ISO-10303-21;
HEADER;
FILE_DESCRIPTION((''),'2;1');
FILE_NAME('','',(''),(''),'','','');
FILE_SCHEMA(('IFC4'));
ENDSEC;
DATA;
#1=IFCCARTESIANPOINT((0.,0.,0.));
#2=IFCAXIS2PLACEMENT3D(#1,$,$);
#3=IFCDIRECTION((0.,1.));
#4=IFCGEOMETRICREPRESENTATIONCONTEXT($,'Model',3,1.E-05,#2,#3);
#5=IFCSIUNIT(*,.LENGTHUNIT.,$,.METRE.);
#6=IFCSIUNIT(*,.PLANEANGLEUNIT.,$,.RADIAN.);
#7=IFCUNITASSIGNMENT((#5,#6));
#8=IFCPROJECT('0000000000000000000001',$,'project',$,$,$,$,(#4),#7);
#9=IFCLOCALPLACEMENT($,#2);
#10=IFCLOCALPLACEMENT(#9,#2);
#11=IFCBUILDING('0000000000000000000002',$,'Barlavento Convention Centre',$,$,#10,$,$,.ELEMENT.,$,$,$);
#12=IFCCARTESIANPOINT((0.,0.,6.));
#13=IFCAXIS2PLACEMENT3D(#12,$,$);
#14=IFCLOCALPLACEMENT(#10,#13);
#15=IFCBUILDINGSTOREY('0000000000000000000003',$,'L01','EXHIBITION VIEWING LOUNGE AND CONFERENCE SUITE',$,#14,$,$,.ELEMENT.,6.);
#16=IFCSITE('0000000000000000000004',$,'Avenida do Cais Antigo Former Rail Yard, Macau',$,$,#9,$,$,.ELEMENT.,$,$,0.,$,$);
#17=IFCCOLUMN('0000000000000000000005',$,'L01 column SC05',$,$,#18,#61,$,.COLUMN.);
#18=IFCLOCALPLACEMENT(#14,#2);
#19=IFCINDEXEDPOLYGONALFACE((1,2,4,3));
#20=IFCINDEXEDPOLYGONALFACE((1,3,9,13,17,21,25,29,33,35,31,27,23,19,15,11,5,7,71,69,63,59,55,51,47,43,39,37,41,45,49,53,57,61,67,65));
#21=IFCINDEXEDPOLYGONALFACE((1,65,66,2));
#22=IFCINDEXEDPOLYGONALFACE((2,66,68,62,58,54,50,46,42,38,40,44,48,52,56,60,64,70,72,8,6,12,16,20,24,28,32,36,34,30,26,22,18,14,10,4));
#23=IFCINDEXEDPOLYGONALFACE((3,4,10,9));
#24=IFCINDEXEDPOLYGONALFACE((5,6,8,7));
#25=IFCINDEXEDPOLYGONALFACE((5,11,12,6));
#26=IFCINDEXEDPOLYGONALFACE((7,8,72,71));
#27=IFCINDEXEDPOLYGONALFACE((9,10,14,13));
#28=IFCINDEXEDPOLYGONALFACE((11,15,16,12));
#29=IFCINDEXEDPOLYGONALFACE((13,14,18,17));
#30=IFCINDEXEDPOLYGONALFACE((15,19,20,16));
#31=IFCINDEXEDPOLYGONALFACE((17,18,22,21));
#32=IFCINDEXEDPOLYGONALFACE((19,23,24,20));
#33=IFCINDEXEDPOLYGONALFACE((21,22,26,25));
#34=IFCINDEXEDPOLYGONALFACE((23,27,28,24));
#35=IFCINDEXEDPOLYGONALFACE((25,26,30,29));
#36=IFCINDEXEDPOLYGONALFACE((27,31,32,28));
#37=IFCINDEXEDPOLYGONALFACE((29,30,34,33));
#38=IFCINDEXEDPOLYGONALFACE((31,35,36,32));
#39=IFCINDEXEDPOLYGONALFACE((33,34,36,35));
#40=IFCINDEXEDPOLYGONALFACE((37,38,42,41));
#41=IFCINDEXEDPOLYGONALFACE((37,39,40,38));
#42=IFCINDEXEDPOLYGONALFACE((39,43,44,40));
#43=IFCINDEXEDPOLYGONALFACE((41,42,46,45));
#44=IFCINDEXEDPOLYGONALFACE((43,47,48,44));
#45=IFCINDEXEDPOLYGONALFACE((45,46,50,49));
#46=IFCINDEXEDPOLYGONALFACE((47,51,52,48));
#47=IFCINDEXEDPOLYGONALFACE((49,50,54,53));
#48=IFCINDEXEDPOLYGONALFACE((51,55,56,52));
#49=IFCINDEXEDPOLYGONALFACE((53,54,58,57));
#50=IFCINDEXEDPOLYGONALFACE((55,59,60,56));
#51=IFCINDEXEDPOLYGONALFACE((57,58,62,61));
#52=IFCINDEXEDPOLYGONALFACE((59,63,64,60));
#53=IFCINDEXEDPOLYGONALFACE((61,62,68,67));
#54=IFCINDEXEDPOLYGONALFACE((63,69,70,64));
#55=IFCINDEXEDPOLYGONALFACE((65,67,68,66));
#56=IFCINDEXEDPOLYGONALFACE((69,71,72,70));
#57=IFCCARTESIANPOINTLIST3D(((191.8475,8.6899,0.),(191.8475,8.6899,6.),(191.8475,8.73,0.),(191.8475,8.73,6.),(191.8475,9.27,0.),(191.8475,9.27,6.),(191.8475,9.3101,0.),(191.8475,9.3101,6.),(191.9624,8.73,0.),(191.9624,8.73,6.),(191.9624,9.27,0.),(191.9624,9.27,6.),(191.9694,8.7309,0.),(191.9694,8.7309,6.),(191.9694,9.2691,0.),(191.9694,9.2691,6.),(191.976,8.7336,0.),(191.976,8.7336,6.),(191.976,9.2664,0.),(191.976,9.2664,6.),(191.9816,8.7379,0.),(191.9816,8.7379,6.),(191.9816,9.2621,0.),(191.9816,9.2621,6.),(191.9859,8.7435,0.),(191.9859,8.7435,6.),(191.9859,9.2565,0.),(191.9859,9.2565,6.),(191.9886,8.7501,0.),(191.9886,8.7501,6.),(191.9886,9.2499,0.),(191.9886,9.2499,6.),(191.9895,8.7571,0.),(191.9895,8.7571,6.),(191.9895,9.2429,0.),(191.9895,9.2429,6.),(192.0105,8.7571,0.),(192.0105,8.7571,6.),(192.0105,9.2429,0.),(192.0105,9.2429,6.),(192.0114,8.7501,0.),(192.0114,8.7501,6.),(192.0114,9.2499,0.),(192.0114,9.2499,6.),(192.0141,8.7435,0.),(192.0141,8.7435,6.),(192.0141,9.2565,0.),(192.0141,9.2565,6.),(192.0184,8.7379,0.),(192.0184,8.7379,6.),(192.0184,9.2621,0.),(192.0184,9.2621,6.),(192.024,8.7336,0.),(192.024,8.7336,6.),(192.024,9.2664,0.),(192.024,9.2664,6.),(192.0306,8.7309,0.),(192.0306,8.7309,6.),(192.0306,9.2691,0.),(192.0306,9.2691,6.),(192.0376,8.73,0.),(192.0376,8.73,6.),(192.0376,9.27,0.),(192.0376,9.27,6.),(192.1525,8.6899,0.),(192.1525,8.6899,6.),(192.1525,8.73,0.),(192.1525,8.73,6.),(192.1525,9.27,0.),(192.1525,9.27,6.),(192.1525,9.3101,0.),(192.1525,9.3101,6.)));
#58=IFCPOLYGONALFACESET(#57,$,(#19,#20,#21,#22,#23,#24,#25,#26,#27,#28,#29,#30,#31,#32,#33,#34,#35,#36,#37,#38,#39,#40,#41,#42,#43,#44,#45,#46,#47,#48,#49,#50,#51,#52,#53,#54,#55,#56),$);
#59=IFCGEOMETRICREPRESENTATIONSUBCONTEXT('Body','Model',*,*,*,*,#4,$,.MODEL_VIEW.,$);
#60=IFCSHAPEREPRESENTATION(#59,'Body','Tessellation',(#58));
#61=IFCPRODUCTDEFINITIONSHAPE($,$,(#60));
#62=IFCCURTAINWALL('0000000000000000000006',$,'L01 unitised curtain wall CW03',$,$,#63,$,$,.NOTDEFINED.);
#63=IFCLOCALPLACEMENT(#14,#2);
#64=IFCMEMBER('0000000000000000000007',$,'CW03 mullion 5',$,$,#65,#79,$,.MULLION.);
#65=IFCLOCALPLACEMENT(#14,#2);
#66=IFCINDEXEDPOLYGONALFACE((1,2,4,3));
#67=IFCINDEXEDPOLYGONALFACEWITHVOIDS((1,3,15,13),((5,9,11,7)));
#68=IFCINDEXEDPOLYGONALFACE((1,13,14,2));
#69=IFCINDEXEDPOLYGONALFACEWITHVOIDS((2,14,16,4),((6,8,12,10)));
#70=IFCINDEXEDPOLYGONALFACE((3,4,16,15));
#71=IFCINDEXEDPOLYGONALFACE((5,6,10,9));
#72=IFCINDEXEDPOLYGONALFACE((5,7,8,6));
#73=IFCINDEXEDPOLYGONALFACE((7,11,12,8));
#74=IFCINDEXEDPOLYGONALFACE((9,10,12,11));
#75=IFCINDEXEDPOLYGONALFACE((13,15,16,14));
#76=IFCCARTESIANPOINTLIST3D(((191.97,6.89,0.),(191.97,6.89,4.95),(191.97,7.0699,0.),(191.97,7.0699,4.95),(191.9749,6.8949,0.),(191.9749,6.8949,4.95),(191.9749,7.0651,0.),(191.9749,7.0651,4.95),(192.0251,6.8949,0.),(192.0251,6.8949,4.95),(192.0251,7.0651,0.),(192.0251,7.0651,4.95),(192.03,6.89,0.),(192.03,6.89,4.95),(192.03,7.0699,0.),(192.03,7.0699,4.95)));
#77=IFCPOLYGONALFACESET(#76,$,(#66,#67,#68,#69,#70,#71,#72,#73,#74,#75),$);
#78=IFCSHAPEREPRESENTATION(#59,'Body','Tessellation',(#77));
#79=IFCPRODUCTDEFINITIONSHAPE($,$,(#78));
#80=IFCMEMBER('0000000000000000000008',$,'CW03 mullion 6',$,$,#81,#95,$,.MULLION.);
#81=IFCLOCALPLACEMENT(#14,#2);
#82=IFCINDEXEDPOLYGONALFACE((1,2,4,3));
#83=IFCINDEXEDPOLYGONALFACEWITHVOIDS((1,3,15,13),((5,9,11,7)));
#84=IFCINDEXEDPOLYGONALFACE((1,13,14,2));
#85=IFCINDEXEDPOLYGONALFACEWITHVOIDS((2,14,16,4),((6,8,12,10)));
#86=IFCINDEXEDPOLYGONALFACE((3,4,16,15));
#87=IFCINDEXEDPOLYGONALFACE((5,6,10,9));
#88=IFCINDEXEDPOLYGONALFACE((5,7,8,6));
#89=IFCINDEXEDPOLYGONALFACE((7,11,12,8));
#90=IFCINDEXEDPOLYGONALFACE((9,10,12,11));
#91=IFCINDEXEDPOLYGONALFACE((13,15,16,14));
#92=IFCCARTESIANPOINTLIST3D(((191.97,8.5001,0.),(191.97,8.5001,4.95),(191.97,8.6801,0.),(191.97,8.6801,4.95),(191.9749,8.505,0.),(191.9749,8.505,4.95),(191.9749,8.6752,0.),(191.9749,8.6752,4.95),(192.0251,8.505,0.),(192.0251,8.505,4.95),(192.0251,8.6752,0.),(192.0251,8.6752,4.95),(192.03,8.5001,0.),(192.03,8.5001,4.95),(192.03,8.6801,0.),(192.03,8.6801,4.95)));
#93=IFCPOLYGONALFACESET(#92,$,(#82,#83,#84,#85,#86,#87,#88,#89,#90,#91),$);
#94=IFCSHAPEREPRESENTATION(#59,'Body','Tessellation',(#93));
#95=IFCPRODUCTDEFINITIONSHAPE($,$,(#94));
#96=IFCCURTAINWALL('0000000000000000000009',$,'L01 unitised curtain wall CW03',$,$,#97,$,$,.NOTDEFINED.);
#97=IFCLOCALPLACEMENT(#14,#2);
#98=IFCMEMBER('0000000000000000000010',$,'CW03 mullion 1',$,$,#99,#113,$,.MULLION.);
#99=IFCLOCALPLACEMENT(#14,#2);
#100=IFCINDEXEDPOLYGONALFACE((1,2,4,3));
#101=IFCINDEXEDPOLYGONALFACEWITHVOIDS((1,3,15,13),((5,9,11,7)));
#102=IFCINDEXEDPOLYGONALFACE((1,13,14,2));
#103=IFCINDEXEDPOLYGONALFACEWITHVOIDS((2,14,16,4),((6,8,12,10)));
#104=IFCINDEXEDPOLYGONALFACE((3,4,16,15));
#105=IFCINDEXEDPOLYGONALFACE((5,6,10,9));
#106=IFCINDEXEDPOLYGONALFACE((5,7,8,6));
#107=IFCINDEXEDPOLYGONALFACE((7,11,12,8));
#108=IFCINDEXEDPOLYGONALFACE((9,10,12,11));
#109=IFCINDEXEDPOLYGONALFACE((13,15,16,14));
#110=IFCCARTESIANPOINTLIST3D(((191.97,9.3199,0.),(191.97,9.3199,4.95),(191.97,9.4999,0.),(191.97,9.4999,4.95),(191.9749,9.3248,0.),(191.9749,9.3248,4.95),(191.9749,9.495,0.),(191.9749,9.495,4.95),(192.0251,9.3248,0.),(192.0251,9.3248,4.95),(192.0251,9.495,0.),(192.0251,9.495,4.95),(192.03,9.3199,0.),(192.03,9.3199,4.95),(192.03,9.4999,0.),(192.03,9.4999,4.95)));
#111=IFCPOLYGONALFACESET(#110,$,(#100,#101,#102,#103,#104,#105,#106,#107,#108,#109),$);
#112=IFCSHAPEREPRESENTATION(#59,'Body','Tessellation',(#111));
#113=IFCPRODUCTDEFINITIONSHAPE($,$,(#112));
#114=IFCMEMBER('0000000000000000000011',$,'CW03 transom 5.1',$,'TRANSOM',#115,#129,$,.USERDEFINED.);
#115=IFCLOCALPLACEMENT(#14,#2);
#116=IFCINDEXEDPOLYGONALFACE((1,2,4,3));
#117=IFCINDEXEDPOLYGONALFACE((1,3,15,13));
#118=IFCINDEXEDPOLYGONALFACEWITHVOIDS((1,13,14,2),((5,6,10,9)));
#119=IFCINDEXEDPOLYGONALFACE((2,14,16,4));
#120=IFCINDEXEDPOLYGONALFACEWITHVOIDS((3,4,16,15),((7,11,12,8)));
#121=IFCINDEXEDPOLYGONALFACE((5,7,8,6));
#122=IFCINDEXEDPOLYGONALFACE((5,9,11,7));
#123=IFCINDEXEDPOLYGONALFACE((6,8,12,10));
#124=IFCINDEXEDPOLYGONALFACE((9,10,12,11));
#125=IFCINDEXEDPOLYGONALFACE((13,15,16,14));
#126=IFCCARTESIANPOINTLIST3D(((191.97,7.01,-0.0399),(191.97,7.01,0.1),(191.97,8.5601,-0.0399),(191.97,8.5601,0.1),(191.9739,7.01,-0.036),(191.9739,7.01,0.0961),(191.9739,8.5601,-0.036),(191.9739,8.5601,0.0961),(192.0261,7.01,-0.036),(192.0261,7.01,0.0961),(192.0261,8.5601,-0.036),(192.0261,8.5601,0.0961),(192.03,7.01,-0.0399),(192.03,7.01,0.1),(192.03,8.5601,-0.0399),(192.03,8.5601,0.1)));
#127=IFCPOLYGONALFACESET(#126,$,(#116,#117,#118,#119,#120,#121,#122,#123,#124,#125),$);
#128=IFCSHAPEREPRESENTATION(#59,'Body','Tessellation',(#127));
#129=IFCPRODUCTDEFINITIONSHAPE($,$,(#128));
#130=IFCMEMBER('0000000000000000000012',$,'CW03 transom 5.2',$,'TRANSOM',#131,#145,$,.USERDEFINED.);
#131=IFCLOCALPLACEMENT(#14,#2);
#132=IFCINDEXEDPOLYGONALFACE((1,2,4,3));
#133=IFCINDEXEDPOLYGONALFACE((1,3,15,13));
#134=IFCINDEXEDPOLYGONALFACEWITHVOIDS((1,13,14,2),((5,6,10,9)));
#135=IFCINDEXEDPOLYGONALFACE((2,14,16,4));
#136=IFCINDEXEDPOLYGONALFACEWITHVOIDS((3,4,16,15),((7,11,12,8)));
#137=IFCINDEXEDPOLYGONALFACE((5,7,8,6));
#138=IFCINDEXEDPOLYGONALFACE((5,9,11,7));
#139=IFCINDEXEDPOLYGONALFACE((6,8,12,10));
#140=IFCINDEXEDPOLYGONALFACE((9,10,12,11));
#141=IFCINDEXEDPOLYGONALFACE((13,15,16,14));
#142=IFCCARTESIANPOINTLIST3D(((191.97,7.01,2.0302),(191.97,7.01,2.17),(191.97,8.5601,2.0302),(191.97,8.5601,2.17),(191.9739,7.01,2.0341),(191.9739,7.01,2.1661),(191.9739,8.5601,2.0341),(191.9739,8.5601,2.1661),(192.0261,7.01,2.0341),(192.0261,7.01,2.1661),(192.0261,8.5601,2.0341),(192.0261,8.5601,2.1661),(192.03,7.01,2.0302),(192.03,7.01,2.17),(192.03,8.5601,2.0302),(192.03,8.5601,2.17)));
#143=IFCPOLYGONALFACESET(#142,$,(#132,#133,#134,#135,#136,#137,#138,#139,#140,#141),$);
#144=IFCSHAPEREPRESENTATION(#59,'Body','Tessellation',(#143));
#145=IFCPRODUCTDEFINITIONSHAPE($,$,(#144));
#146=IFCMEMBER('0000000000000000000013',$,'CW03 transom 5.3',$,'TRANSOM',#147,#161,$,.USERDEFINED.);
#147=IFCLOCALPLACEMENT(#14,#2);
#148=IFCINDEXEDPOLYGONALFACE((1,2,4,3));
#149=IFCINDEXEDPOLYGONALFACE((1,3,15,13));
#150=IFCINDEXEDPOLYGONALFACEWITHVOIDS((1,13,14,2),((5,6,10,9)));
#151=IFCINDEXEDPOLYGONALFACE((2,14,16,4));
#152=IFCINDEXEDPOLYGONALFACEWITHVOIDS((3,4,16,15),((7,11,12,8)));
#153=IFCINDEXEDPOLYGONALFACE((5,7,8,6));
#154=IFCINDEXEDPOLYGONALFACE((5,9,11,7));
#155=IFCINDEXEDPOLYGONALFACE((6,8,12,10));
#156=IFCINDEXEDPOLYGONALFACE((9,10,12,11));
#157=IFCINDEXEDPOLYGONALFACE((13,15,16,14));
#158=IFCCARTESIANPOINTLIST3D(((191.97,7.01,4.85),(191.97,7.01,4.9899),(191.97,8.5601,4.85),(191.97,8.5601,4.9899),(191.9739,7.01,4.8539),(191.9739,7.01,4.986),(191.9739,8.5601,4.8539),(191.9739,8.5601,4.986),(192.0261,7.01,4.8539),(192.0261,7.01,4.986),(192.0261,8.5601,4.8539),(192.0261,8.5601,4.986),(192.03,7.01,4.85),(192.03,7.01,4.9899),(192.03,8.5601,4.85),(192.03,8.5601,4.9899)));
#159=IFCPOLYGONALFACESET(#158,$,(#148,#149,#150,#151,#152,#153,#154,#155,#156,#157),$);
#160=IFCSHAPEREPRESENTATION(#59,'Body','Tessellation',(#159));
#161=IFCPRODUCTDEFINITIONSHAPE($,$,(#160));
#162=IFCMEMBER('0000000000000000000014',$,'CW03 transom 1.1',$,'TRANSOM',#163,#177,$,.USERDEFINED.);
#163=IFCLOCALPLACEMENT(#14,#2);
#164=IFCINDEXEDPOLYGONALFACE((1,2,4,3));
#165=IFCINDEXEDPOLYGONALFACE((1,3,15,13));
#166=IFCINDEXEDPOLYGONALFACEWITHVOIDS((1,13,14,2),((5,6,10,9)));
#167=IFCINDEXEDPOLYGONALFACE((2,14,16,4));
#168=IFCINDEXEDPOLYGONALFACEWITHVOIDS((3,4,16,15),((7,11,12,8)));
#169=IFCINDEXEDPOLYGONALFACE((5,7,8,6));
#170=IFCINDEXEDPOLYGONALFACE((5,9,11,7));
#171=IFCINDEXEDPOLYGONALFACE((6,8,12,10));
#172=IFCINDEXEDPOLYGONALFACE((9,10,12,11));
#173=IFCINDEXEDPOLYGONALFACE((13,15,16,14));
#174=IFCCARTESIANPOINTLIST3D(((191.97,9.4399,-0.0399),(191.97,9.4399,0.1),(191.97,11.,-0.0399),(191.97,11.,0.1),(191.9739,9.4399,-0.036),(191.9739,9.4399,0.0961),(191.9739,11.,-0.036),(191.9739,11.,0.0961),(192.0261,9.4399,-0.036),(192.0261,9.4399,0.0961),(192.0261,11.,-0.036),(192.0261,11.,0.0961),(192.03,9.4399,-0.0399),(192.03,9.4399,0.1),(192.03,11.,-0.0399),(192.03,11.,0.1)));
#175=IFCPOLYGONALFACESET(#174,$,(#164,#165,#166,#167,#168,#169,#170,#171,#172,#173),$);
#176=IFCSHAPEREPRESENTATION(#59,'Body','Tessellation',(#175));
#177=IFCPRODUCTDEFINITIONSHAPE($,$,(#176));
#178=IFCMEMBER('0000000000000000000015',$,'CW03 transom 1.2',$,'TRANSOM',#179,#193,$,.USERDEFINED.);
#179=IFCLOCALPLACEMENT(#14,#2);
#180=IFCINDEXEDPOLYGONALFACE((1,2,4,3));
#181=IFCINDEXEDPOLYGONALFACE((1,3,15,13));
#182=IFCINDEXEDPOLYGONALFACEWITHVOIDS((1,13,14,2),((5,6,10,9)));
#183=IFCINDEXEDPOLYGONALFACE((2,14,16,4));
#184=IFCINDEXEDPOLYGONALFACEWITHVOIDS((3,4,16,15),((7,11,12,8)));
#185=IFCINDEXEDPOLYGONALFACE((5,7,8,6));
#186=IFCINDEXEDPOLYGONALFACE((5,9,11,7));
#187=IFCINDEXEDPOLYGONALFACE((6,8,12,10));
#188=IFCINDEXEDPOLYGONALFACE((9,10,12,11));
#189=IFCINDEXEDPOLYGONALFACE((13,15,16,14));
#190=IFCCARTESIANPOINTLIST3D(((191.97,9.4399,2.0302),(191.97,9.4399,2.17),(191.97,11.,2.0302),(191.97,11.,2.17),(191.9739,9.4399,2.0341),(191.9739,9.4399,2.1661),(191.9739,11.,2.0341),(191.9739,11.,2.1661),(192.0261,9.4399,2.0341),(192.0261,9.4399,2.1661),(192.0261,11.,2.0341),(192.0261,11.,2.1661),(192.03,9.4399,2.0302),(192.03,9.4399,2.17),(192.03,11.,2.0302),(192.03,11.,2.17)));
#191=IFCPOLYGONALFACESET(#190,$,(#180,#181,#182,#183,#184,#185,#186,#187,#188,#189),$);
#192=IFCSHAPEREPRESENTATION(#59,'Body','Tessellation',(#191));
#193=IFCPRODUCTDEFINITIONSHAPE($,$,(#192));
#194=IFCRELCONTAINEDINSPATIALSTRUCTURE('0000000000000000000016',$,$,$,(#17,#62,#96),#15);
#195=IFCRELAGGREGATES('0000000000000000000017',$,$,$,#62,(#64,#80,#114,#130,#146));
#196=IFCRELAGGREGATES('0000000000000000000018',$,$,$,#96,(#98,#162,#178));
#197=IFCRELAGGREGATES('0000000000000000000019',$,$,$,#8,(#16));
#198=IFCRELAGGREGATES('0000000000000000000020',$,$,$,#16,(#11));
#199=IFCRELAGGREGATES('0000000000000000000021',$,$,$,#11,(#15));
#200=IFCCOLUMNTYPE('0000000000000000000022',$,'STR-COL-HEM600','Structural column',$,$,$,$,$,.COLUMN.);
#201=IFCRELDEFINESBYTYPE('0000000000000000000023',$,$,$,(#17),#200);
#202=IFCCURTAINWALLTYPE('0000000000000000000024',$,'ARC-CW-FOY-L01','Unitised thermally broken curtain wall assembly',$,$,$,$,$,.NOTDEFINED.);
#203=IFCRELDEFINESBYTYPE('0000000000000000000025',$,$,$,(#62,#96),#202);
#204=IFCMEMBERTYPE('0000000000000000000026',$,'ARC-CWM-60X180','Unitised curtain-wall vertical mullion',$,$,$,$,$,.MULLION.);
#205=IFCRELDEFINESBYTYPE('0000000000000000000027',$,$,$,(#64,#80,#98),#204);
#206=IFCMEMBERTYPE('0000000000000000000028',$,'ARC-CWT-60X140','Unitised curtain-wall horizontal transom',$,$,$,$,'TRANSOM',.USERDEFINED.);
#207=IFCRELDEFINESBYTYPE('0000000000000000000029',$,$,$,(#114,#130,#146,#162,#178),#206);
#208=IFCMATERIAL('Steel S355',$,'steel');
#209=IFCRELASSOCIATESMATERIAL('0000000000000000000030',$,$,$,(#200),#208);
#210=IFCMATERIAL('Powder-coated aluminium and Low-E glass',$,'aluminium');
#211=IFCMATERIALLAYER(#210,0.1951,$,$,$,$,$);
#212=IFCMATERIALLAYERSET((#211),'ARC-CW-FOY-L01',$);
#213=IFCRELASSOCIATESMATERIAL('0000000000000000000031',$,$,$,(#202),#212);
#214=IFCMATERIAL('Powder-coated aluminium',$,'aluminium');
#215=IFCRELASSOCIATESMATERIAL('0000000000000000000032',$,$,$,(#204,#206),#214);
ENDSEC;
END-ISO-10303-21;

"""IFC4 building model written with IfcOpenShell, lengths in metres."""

from ifc_helpers import new_model, si_unit, direction, frame, origin, origin_2d, place, context, subcontext, project, spatial, hollow_rectangle, i_section, extrude, material, layer, layer_set, material_profile, profile_set, type_object, element, aggregate, save


model = new_model("IFC4")

# Units and contexts
model_context = context("Model", 3, precision=1e-05, world=origin(), true_north=direction((0.0, 1.0)))
body_context = subcontext(model_context, "Body", "Model", "MODEL_VIEW")
ifc_project = project(units=[si_unit("LENGTHUNIT", "METRE"), si_unit("PLANEANGLEUNIT", "RADIAN")], contexts=[model_context])

# Site, building, storey
site_placement = place(None, origin())
site = spatial("IfcSite", under=ifc_project, at=site_placement, Name="Avenida do Cais Antigo Former Rail Yard, Macau", CompositionType="ELEMENT", RefElevation=0.0)
building_placement = place(site_placement, origin())
building = spatial("IfcBuilding", under=site, at=building_placement, Name="Barlavento Convention Centre", CompositionType="ELEMENT")
storey_placement = place(building_placement, frame((0.0, 0.0, 6.0)))
storey = spatial("IfcBuildingStorey", under=building, at=storey_placement, Name="L01", Description="EXHIBITION VIEWING LOUNGE AND CONFERENCE SUITE", CompositionType="ELEMENT", Elevation=6.0)

# Column
ifc_material_1 = material(Name="Steel S355", Category="steel")
ifc_material_profile_1 = material_profile(ifc_material_1, i_section(OverallWidth=0.3049, OverallDepth=0.6201, WebThickness=0.021, FlangeThickness=0.04, FilletRadius=0.0271, at=origin_2d()), Name="HEM 600")
ifc_profile_set_1 = profile_set([ifc_material_profile_1], Name="Steel S355")
column_type = type_object("IfcColumnType", Name="STR-COL-HEM600", Description="Structural column", PredefinedType="COLUMN", material=ifc_profile_set_1)
column_placement = place(storey_placement, frame((192.0, 9.0, 0.0), z_axis=(0.0, 0.0, 1.0), x_axis=(1.0, 0.0, 0.0)))
element("IfcColumn", 1, at=column_placement, inside=storey, type_object=column_type, Name="L01 column SC05", PredefinedType="COLUMN", context=body_context, shape_type="SweptSolid", body=[
    extrude(i_section(OverallWidth=0.3049, OverallDepth=0.6201, WebThickness=0.021, FlangeThickness=0.04, FilletRadius=0.0271, at=origin_2d()), origin(), (0.0, 0.0, 1.0), 6.0),
])

# Curtain wall, members
ifc_material_2 = material(Name="Powder-coated aluminium and Low-E glass", Category="aluminium")
ifc_layer_1 = layer(ifc_material_2, 0.1951)
ifc_layer_set_1 = layer_set([ifc_layer_1], Name="ARC-CW-FOY-L01")
curtain_wall_type = type_object("IfcCurtainWallType", Name="ARC-CW-FOY-L01", Description="Unitised thermally broken curtain wall assembly", PredefinedType="NOTDEFINED", material=ifc_layer_set_1)
curtain_wall_1_placement = place(storey_placement, origin())
curtain_wall_1 = element("IfcCurtainWall", 2, at=curtain_wall_1_placement, inside=storey, type_object=curtain_wall_type, Name="L01 unitised curtain wall CW03", PredefinedType="NOTDEFINED")
ifc_material_3 = material(Name="Powder-coated aluminium", Category="aluminium")
ifc_material_profile_2 = material_profile(ifc_material_3, hollow_rectangle(XDim=0.0601, YDim=0.1799, WallThickness=0.0049, at=origin_2d()), Name="AL-MULL 60x180x5")
ifc_profile_set_2 = profile_set([ifc_material_profile_2], Name="Powder-coated aluminium")
member_type_1 = type_object("IfcMemberType", Name="ARC-CWM-60X180", Description="Unitised curtain-wall vertical mullion", PredefinedType="MULLION", material=ifc_profile_set_2)
member_1_placement = place(storey_placement, frame((192.0, 6.98, 0.0), z_axis=(0.0, 0.0, 1.0), x_axis=(-1.0, 0.0, 0.0)))
member_1 = element("IfcMember", 3, at=member_1_placement, type_object=member_type_1, Name="CW03 mullion 5", PredefinedType="MULLION", context=body_context, shape_type="SweptSolid", body=[
    extrude(hollow_rectangle(XDim=0.0601, YDim=0.1799, WallThickness=0.0049, at=origin_2d()), origin(), (0.0, 0.0, 1.0), 4.95),
])
member_2_placement = place(storey_placement, frame((192.0, 8.5901, 0.0), z_axis=(0.0, 0.0, 1.0), x_axis=(-1.0, 0.0, 0.0)))
member_2 = element("IfcMember", 4, at=member_2_placement, type_object=member_type_1, Name="CW03 mullion 6", PredefinedType="MULLION", context=body_context, shape_type="SweptSolid", body=[
    extrude(hollow_rectangle(XDim=0.0601, YDim=0.1799, WallThickness=0.0049, at=origin_2d()), origin(), (0.0, 0.0, 1.0), 4.95),
])

# Curtain wall, member
curtain_wall_2_placement = place(storey_placement, origin())
curtain_wall_2 = element("IfcCurtainWall", 5, at=curtain_wall_2_placement, inside=storey, type_object=curtain_wall_type, Name="L01 unitised curtain wall CW03", PredefinedType="NOTDEFINED")
member_3_placement = place(storey_placement, frame((192.0, 9.4099, 0.0), z_axis=(0.0, 0.0, 1.0), x_axis=(-1.0, 0.0, 0.0)))
member_3 = element("IfcMember", 6, at=member_3_placement, type_object=member_type_1, Name="CW03 mullion 1", PredefinedType="MULLION", context=body_context, shape_type="SweptSolid", body=[
    extrude(hollow_rectangle(XDim=0.0601, YDim=0.1799, WallThickness=0.0049, at=origin_2d()), origin(), (0.0, 0.0, 1.0), 4.95),
])

# Members
ifc_material_profile_3 = material_profile(ifc_material_3, hollow_rectangle(XDim=0.0601, YDim=0.1399, WallThickness=0.0039, at=origin_2d()), Name="AL-TRAN 60x140x4")
ifc_profile_set_3 = profile_set([ifc_material_profile_3], Name="Powder-coated aluminium")
member_type_2 = type_object("IfcMemberType", Name="ARC-CWT-60X140", Description="Unitised curtain-wall horizontal transom", ElementType="TRANSOM", PredefinedType="USERDEFINED", material=ifc_profile_set_3)
member_4_placement = place(storey_placement, frame((192.0, 7.01, 0.03), z_axis=(0.0, 1.0, 0.0), x_axis=(-1.0, 0.0, 0.0)))
member_4 = element("IfcMember", 7, at=member_4_placement, type_object=member_type_2, Name="CW03 transom 5.1", ObjectType="TRANSOM", PredefinedType="USERDEFINED", context=body_context, shape_type="SweptSolid", body=[
    extrude(hollow_rectangle(XDim=0.0601, YDim=0.1399, WallThickness=0.0039, at=origin_2d()), origin(), (0.0, 0.0, 1.0), 1.55),
])
member_5_placement = place(storey_placement, frame((192.0, 7.01, 2.1001), z_axis=(0.0, 1.0, 0.0), x_axis=(-1.0, 0.0, 0.0)))
member_5 = element("IfcMember", 8, at=member_5_placement, type_object=member_type_2, Name="CW03 transom 5.2", ObjectType="TRANSOM", PredefinedType="USERDEFINED", context=body_context, shape_type="SweptSolid", body=[
    extrude(hollow_rectangle(XDim=0.0601, YDim=0.1399, WallThickness=0.0039, at=origin_2d()), origin(), (0.0, 0.0, 1.0), 1.55),
])
member_6_placement = place(storey_placement, frame((192.0, 7.01, 4.9199), z_axis=(0.0, 1.0, 0.0), x_axis=(-1.0, 0.0, 0.0)))
member_6 = element("IfcMember", 9, at=member_6_placement, type_object=member_type_2, Name="CW03 transom 5.3", ObjectType="TRANSOM", PredefinedType="USERDEFINED", context=body_context, shape_type="SweptSolid", body=[
    extrude(hollow_rectangle(XDim=0.0601, YDim=0.1399, WallThickness=0.0039, at=origin_2d()), origin(), (0.0, 0.0, 1.0), 1.55),
])
member_7_placement = place(storey_placement, frame((192.0, 9.4399, 0.03), z_axis=(0.0, 1.0, 0.0), x_axis=(-1.0, 0.0, 0.0)))
member_7 = element("IfcMember", 10, at=member_7_placement, type_object=member_type_2, Name="CW03 transom 1.1", ObjectType="TRANSOM", PredefinedType="USERDEFINED", context=body_context, shape_type="SweptSolid", body=[
    extrude(hollow_rectangle(XDim=0.0601, YDim=0.1399, WallThickness=0.0039, at=origin_2d()), origin(), (0.0, 0.0, 1.0), 1.5601),
])
member_8_placement = place(storey_placement, frame((192.0, 9.4399, 2.1001), z_axis=(0.0, 1.0, 0.0), x_axis=(-1.0, 0.0, 0.0)))
member_8 = element("IfcMember", 11, at=member_8_placement, type_object=member_type_2, Name="CW03 transom 1.2", ObjectType="TRANSOM", PredefinedType="USERDEFINED", context=body_context, shape_type="SweptSolid", body=[
    extrude(hollow_rectangle(XDim=0.0601, YDim=0.1399, WallThickness=0.0039, at=origin_2d()), origin(), (0.0, 0.0, 1.0), 1.5601),
])

aggregate(curtain_wall_1, [member_1, member_2, member_4, member_5, member_6])
aggregate(curtain_wall_2, [member_3, member_7, member_8])

save(model, "model.ifc")
